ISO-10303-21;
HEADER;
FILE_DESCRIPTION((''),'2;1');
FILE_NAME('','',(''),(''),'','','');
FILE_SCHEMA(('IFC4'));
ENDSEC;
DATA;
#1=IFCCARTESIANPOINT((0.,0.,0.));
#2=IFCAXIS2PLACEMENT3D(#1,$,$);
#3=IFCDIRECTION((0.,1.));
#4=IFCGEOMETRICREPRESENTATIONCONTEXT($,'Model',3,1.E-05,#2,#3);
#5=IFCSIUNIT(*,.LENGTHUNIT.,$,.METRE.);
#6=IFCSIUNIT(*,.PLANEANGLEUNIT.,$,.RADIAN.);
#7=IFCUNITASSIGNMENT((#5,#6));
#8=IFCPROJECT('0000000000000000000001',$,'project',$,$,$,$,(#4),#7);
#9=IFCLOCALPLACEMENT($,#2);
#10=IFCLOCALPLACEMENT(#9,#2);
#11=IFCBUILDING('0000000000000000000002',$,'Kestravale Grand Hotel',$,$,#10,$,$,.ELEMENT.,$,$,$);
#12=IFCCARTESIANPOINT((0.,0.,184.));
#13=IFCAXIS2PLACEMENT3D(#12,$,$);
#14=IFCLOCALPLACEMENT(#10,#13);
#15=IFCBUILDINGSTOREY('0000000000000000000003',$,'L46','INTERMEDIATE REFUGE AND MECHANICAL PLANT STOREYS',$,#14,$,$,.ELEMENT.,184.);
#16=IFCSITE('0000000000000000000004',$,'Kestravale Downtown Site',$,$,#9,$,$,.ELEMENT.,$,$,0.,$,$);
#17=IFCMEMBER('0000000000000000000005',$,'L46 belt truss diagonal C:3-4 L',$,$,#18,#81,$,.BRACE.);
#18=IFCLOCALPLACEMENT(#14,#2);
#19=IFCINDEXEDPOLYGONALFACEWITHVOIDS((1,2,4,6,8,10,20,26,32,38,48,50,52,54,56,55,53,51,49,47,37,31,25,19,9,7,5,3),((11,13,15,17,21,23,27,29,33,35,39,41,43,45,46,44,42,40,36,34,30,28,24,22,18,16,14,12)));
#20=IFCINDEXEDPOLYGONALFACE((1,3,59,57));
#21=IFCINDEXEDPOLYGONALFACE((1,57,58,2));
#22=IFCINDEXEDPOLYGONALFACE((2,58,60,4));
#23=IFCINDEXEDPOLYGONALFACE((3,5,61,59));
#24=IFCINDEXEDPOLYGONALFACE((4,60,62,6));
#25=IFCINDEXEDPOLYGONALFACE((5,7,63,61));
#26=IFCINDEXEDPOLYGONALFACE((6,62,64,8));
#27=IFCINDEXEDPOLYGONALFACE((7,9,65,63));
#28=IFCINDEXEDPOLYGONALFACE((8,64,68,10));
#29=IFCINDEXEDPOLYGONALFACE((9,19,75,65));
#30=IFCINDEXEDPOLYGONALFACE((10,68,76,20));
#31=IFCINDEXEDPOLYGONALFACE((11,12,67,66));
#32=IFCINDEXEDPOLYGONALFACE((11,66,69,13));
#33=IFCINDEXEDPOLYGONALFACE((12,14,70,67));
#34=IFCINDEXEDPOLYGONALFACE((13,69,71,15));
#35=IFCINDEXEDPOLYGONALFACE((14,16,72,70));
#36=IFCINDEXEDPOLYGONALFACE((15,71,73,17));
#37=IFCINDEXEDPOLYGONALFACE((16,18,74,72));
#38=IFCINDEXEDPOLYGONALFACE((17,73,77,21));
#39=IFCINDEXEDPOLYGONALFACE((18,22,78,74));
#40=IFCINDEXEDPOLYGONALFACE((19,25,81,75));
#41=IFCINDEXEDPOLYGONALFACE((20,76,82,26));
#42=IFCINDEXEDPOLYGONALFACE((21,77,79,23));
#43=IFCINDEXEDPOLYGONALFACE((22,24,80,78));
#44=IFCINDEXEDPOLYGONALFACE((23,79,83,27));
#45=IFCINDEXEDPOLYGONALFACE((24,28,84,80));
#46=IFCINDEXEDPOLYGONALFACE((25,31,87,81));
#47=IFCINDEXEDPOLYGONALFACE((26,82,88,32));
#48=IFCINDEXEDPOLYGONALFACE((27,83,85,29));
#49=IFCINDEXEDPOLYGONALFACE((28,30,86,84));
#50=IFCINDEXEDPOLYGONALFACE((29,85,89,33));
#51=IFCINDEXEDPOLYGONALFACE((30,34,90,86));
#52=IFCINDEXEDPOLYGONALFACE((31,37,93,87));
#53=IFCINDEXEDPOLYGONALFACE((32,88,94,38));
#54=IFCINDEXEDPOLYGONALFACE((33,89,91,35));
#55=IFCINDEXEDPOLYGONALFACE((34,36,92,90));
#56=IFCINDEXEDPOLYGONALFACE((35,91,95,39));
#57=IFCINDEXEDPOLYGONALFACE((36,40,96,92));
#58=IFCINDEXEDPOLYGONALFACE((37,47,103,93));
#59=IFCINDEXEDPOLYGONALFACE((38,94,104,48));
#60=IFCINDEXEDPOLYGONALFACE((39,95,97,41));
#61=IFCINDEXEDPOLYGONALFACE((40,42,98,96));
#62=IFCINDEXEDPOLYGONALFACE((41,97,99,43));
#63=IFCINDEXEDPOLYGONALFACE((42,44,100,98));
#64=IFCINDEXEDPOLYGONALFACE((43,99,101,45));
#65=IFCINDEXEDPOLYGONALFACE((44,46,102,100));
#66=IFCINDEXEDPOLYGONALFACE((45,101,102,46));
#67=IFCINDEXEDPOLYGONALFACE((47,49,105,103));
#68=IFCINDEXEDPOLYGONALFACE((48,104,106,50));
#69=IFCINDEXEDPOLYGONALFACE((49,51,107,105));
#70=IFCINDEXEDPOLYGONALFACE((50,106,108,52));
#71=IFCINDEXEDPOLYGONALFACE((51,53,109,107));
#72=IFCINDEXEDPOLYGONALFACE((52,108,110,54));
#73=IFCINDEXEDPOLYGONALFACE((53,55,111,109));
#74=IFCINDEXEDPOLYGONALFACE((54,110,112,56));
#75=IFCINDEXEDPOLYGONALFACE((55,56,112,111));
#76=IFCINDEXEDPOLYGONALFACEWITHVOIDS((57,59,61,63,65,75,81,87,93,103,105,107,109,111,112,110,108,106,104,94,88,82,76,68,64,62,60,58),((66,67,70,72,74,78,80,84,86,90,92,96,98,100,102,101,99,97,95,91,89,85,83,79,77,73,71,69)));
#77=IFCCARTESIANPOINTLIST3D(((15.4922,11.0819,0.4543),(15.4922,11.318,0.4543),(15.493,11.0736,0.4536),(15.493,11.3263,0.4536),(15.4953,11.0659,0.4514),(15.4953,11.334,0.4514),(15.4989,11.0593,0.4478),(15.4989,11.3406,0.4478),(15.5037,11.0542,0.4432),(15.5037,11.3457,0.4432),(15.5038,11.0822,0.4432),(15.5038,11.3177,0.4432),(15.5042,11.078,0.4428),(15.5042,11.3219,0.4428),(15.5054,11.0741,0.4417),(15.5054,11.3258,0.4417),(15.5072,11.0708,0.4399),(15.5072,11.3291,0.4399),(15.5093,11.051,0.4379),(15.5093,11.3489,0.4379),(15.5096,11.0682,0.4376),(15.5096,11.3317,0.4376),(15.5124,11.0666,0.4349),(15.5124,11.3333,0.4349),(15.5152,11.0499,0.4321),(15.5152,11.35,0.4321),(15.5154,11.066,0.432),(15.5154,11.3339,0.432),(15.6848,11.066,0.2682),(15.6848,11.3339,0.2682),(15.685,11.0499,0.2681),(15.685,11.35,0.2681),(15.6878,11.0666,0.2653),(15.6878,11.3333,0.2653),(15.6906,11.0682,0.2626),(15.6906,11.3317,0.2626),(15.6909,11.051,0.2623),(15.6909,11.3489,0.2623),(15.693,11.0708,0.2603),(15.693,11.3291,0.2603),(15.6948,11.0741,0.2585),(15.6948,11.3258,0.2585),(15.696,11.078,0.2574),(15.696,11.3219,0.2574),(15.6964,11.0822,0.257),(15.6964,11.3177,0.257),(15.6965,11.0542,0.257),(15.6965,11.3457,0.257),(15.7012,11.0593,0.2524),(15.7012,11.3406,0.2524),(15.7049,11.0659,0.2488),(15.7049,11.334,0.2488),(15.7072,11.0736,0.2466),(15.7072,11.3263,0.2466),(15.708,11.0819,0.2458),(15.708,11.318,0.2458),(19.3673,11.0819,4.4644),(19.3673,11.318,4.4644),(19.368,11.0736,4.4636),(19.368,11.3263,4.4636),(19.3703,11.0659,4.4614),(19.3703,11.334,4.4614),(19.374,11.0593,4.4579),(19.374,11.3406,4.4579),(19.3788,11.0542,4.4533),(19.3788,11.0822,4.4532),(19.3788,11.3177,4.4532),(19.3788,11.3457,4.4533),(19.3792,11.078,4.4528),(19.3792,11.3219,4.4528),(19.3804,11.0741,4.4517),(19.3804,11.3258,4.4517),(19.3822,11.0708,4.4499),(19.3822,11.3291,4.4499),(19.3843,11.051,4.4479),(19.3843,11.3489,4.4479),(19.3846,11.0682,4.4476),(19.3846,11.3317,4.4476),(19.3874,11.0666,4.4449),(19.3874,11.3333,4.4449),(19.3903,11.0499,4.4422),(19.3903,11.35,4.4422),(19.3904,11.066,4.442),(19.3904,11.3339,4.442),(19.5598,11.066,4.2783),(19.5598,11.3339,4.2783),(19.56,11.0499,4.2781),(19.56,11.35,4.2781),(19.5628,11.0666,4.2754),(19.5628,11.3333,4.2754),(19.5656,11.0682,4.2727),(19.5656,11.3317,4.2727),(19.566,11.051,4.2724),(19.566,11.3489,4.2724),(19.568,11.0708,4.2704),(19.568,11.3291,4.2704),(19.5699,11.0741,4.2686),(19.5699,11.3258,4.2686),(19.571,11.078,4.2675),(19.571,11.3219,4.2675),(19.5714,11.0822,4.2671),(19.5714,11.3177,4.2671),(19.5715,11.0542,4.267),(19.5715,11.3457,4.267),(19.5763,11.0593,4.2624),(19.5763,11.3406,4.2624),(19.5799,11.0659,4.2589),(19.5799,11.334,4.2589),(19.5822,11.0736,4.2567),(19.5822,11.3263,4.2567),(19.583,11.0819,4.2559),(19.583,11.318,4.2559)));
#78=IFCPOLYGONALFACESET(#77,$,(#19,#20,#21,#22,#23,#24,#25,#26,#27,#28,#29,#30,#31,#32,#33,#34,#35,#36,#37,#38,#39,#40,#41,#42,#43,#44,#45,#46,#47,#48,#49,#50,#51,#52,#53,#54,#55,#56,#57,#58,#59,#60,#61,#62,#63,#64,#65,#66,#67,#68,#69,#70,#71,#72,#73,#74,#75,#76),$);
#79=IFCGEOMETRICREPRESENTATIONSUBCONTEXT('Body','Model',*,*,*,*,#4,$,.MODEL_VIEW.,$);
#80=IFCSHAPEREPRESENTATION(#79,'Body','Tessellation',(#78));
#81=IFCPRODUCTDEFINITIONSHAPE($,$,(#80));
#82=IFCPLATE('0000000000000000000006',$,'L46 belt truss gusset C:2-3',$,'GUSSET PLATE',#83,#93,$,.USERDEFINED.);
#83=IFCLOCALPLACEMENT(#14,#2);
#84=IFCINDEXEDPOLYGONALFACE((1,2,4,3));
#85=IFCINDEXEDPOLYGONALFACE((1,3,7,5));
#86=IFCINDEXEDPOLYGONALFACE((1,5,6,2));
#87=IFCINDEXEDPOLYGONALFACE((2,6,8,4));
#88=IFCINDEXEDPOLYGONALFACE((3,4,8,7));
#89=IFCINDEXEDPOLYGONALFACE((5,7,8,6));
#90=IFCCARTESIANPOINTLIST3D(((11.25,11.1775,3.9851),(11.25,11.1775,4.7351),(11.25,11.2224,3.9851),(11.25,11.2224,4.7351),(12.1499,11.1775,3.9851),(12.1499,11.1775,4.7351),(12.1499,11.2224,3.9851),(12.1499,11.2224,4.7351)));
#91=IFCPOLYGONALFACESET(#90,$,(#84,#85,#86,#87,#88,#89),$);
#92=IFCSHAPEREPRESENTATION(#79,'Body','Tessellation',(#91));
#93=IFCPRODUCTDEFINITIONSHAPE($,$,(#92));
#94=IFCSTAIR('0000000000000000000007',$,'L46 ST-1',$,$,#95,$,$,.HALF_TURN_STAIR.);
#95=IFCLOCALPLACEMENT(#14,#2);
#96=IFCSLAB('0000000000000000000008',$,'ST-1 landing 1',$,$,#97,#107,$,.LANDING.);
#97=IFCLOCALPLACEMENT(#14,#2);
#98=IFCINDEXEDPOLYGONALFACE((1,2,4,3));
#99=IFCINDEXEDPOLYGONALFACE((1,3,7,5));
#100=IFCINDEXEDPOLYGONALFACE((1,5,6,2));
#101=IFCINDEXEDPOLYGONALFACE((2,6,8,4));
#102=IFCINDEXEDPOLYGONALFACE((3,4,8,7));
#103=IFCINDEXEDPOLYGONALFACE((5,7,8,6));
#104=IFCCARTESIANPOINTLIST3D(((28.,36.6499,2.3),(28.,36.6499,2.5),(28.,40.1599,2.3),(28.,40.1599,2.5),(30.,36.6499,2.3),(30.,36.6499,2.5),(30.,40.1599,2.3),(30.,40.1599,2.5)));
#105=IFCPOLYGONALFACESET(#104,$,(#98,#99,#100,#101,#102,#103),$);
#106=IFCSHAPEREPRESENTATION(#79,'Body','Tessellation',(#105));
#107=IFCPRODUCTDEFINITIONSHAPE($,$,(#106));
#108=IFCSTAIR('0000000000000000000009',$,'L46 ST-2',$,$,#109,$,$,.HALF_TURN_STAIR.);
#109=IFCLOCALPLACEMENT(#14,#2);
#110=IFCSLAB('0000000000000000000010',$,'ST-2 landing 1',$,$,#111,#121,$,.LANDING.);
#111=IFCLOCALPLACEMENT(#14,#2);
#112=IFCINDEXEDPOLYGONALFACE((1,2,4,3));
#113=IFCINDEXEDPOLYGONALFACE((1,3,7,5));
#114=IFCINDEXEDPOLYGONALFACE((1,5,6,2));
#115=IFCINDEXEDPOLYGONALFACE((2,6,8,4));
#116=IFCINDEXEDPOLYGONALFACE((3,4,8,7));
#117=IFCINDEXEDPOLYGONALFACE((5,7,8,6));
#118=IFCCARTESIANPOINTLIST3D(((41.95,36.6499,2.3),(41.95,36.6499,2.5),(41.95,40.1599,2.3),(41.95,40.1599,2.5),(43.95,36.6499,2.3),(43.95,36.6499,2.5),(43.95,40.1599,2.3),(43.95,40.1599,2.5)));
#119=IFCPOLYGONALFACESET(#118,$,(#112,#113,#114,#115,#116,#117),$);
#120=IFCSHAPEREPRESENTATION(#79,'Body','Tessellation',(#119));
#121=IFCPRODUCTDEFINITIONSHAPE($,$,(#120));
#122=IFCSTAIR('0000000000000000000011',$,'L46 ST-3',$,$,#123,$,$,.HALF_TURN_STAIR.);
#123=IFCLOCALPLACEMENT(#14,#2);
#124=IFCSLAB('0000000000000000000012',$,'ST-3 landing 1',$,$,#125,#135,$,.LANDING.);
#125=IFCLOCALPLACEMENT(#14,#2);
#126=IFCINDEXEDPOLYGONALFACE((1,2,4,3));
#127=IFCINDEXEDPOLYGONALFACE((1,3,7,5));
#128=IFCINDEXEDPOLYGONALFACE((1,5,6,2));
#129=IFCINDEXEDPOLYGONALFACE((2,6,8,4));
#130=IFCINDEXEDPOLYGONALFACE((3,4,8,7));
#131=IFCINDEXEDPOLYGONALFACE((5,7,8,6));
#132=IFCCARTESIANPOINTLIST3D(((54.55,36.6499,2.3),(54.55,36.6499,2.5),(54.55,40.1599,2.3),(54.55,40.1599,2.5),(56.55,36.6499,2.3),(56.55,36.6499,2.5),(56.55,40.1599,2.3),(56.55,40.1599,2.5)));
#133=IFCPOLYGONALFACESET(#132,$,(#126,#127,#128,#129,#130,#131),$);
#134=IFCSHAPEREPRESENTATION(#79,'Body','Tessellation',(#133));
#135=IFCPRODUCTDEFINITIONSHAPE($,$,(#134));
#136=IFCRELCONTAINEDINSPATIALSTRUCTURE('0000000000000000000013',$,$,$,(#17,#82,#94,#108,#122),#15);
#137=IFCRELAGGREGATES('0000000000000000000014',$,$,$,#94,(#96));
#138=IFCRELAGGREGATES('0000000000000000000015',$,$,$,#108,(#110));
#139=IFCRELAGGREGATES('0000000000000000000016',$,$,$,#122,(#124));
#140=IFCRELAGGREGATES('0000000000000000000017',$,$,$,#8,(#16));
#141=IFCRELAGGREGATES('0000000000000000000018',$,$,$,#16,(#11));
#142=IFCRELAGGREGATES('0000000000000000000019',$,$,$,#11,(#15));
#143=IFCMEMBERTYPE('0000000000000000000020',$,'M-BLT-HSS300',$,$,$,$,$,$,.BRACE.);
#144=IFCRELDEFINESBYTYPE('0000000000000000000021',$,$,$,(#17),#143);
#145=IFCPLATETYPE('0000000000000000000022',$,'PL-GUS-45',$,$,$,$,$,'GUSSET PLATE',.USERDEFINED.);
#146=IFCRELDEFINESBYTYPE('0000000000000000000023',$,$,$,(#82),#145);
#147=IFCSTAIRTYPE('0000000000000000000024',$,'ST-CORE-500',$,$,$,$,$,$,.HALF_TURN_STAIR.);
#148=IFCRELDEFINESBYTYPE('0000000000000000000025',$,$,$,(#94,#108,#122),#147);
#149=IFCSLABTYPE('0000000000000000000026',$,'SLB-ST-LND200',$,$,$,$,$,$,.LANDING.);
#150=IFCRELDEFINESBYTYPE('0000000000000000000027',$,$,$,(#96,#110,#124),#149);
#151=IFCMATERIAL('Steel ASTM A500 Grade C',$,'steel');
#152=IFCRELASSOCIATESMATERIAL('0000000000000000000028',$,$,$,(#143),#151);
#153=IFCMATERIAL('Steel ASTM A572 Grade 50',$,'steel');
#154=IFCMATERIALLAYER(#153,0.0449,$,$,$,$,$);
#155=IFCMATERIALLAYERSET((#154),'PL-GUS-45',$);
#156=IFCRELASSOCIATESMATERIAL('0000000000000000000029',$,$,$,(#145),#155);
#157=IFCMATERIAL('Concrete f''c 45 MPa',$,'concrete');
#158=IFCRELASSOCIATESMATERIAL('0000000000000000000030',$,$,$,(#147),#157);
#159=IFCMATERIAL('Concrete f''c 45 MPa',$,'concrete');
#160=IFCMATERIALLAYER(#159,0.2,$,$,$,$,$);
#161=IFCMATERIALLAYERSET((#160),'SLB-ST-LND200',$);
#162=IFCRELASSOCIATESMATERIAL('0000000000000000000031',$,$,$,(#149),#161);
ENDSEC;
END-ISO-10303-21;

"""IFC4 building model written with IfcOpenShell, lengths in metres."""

from ifc_helpers import new_model, si_unit, direction, frame, origin, origin_2d, place, context, subcontext, project, spatial, polyline, rectangle, hollow_rectangle, outline, extrude, material, layer, layer_set, material_profile, profile_set, type_object, element, aggregate, save


model = new_model("IFC4")

# Units and contexts
model_context = context("Model", 3, precision=1e-05, world=origin(), true_north=direction((0.0, 1.0)))
body_context = subcontext(model_context, "Body", "Model", "MODEL_VIEW")
ifc_project = project(units=[si_unit("LENGTHUNIT", "METRE"), si_unit("PLANEANGLEUNIT", "RADIAN")], contexts=[model_context])

# Site, building, storey
site_placement = place(None, origin())
site = spatial("IfcSite", under=ifc_project, at=site_placement, Name="Kestravale Downtown Site", CompositionType="ELEMENT", RefElevation=0.0)
building_placement = place(site_placement, origin())
building = spatial("IfcBuilding", under=site, at=building_placement, Name="Kestravale Grand Hotel", CompositionType="ELEMENT")
storey_placement = place(building_placement, frame((0.0, 0.0, 184.0)))
storey = spatial("IfcBuildingStorey", under=building, at=storey_placement, Name="L46", Description="INTERMEDIATE REFUGE AND MECHANICAL PLANT STOREYS", CompositionType="ELEMENT", Elevation=184.0)

# Member
ifc_material_1 = material(Name="Steel ASTM A500 Grade C", Category="steel")
ifc_material_profile_1 = material_profile(ifc_material_1, hollow_rectangle(XDim=0.3, YDim=0.3, WallThickness=0.0161, InnerFilletRadius=0.0161, OuterFilletRadius=0.032, at=origin_2d()))
ifc_profile_set_1 = profile_set([ifc_material_profile_1], Name="Steel ASTM A500 Grade C")
member_type_1 = type_object("IfcMemberType", Name="M-BLT-HSS300", PredefinedType="BRACE", material=ifc_profile_set_1)
for number, where, z_axis, x_axis, name in (
    (1, (15.6001, 11.2, 0.3501), (0.694898, 0.0, 0.719109), (0.0, 1.0, 0.0), "L46 belt truss diagonal C:3-4 L"),
):
    element("IfcMember", number, at=place(storey_placement, frame(where, z_axis=z_axis, x_axis=x_axis)), inside=storey, type_object=member_type_1, Name=name, PredefinedType="BRACE", context=body_context, shape_type="SweptSolid", body=[
        extrude(hollow_rectangle(XDim=0.3, YDim=0.3, WallThickness=0.0161, InnerFilletRadius=0.0161, OuterFilletRadius=0.032, at=origin_2d()), origin(), (0.0, 0.0, 1.0), 5.5764),
    ])

# Plate
ifc_material_2 = material(Name="Steel ASTM A572 Grade 50", Category="steel")
ifc_layer_1 = layer(ifc_material_2, 0.0449)
ifc_layer_set_1 = layer_set([ifc_layer_1], Name="PL-GUS-45")
plate_type = type_object("IfcPlateType", Name="PL-GUS-45", ElementType="GUSSET PLATE", PredefinedType="USERDEFINED", material=ifc_layer_set_1)
plate_placement = place(storey_placement, frame((11.7, 11.2, 3.9851), z_axis=(0.0, 0.0, 1.0), x_axis=(1.0, 0.0, 0.0)))
element("IfcPlate", 2, at=plate_placement, inside=storey, type_object=plate_type, Name="L46 belt truss gusset C:2-3", ObjectType="GUSSET PLATE", PredefinedType="USERDEFINED", context=body_context, shape_type="SweptSolid", body=[
    extrude(rectangle(XDim=0.8999, YDim=0.0449, at=origin_2d()), origin(), (0.0, 0.0, 1.0), 0.75),
])

# Stairs, slabs
ifc_material_3 = material(Name="Concrete f'c 45 MPa", Category="concrete")
stair_type = type_object("IfcStairType", Name="ST-CORE-500", PredefinedType="HALF_TURN_STAIR", material=ifc_material_3)
stair_1_placement = place(storey_placement, origin())
stair_1 = element("IfcStair", 3, at=stair_1_placement, inside=storey, type_object=stair_type, Name="L46 ST-1", PredefinedType="HALF_TURN_STAIR")
ifc_material_4 = material(Name="Concrete f'c 45 MPa", Category="concrete")
ifc_layer_2 = layer(ifc_material_4, 0.2)
ifc_layer_set_2 = layer_set([ifc_layer_2], Name="SLB-ST-LND200")
slab_type_1 = type_object("IfcSlabType", Name="SLB-ST-LND200", PredefinedType="LANDING", material=ifc_layer_set_2)
slab_1_placement = place(storey_placement, frame((0.0, 0.0, 2.3)))
slab_1 = element("IfcSlab", 4, at=slab_1_placement, type_object=slab_type_1, Name="ST-1 landing 1", PredefinedType="LANDING", context=body_context, shape_type="SweptSolid", body=[
    extrude(outline(polyline([(28.0, 36.6499), (30.0, 36.6499), (30.0, 40.1599), (28.0, 40.1599), (28.0, 36.6499)])), origin(), (0.0, 0.0, 1.0), 0.2),
])
aggregate(stair_1, [slab_1])
stair_2_placement = place(storey_placement, origin())
stair_2 = element("IfcStair", 5, at=stair_2_placement, inside=storey, type_object=stair_type, Name="L46 ST-2", PredefinedType="HALF_TURN_STAIR")
slab_2_placement = place(storey_placement, frame((0.0, 0.0, 2.3)))
slab_2 = element("IfcSlab", 6, at=slab_2_placement, type_object=slab_type_1, Name="ST-2 landing 1", PredefinedType="LANDING", context=body_context, shape_type="SweptSolid", body=[
    extrude(outline(polyline([(41.95, 36.6499), (43.95, 36.6499), (43.95, 40.1599), (41.95, 40.1599), (41.95, 36.6499)])), origin(), (0.0, 0.0, 1.0), 0.2),
])
aggregate(stair_2, [slab_2])
stair_3_placement = place(storey_placement, origin())
stair_3 = element("IfcStair", 7, at=stair_3_placement, inside=storey, type_object=stair_type, Name="L46 ST-3", PredefinedType="HALF_TURN_STAIR")
slab_3_placement = place(storey_placement, frame((0.0, 0.0, 2.3)))
slab_3 = element("IfcSlab", 8, at=slab_3_placement, type_object=slab_type_1, Name="ST-3 landing 1", PredefinedType="LANDING", context=body_context, shape_type="SweptSolid", body=[
    extrude(outline(polyline([(54.55, 36.6499), (56.55, 36.6499), (56.55, 40.1599), (54.55, 40.1599), (54.55, 36.6499)])), origin(), (0.0, 0.0, 1.0), 0.2),
])
aggregate(stair_3, [slab_3])

save(model, "model.ifc")
